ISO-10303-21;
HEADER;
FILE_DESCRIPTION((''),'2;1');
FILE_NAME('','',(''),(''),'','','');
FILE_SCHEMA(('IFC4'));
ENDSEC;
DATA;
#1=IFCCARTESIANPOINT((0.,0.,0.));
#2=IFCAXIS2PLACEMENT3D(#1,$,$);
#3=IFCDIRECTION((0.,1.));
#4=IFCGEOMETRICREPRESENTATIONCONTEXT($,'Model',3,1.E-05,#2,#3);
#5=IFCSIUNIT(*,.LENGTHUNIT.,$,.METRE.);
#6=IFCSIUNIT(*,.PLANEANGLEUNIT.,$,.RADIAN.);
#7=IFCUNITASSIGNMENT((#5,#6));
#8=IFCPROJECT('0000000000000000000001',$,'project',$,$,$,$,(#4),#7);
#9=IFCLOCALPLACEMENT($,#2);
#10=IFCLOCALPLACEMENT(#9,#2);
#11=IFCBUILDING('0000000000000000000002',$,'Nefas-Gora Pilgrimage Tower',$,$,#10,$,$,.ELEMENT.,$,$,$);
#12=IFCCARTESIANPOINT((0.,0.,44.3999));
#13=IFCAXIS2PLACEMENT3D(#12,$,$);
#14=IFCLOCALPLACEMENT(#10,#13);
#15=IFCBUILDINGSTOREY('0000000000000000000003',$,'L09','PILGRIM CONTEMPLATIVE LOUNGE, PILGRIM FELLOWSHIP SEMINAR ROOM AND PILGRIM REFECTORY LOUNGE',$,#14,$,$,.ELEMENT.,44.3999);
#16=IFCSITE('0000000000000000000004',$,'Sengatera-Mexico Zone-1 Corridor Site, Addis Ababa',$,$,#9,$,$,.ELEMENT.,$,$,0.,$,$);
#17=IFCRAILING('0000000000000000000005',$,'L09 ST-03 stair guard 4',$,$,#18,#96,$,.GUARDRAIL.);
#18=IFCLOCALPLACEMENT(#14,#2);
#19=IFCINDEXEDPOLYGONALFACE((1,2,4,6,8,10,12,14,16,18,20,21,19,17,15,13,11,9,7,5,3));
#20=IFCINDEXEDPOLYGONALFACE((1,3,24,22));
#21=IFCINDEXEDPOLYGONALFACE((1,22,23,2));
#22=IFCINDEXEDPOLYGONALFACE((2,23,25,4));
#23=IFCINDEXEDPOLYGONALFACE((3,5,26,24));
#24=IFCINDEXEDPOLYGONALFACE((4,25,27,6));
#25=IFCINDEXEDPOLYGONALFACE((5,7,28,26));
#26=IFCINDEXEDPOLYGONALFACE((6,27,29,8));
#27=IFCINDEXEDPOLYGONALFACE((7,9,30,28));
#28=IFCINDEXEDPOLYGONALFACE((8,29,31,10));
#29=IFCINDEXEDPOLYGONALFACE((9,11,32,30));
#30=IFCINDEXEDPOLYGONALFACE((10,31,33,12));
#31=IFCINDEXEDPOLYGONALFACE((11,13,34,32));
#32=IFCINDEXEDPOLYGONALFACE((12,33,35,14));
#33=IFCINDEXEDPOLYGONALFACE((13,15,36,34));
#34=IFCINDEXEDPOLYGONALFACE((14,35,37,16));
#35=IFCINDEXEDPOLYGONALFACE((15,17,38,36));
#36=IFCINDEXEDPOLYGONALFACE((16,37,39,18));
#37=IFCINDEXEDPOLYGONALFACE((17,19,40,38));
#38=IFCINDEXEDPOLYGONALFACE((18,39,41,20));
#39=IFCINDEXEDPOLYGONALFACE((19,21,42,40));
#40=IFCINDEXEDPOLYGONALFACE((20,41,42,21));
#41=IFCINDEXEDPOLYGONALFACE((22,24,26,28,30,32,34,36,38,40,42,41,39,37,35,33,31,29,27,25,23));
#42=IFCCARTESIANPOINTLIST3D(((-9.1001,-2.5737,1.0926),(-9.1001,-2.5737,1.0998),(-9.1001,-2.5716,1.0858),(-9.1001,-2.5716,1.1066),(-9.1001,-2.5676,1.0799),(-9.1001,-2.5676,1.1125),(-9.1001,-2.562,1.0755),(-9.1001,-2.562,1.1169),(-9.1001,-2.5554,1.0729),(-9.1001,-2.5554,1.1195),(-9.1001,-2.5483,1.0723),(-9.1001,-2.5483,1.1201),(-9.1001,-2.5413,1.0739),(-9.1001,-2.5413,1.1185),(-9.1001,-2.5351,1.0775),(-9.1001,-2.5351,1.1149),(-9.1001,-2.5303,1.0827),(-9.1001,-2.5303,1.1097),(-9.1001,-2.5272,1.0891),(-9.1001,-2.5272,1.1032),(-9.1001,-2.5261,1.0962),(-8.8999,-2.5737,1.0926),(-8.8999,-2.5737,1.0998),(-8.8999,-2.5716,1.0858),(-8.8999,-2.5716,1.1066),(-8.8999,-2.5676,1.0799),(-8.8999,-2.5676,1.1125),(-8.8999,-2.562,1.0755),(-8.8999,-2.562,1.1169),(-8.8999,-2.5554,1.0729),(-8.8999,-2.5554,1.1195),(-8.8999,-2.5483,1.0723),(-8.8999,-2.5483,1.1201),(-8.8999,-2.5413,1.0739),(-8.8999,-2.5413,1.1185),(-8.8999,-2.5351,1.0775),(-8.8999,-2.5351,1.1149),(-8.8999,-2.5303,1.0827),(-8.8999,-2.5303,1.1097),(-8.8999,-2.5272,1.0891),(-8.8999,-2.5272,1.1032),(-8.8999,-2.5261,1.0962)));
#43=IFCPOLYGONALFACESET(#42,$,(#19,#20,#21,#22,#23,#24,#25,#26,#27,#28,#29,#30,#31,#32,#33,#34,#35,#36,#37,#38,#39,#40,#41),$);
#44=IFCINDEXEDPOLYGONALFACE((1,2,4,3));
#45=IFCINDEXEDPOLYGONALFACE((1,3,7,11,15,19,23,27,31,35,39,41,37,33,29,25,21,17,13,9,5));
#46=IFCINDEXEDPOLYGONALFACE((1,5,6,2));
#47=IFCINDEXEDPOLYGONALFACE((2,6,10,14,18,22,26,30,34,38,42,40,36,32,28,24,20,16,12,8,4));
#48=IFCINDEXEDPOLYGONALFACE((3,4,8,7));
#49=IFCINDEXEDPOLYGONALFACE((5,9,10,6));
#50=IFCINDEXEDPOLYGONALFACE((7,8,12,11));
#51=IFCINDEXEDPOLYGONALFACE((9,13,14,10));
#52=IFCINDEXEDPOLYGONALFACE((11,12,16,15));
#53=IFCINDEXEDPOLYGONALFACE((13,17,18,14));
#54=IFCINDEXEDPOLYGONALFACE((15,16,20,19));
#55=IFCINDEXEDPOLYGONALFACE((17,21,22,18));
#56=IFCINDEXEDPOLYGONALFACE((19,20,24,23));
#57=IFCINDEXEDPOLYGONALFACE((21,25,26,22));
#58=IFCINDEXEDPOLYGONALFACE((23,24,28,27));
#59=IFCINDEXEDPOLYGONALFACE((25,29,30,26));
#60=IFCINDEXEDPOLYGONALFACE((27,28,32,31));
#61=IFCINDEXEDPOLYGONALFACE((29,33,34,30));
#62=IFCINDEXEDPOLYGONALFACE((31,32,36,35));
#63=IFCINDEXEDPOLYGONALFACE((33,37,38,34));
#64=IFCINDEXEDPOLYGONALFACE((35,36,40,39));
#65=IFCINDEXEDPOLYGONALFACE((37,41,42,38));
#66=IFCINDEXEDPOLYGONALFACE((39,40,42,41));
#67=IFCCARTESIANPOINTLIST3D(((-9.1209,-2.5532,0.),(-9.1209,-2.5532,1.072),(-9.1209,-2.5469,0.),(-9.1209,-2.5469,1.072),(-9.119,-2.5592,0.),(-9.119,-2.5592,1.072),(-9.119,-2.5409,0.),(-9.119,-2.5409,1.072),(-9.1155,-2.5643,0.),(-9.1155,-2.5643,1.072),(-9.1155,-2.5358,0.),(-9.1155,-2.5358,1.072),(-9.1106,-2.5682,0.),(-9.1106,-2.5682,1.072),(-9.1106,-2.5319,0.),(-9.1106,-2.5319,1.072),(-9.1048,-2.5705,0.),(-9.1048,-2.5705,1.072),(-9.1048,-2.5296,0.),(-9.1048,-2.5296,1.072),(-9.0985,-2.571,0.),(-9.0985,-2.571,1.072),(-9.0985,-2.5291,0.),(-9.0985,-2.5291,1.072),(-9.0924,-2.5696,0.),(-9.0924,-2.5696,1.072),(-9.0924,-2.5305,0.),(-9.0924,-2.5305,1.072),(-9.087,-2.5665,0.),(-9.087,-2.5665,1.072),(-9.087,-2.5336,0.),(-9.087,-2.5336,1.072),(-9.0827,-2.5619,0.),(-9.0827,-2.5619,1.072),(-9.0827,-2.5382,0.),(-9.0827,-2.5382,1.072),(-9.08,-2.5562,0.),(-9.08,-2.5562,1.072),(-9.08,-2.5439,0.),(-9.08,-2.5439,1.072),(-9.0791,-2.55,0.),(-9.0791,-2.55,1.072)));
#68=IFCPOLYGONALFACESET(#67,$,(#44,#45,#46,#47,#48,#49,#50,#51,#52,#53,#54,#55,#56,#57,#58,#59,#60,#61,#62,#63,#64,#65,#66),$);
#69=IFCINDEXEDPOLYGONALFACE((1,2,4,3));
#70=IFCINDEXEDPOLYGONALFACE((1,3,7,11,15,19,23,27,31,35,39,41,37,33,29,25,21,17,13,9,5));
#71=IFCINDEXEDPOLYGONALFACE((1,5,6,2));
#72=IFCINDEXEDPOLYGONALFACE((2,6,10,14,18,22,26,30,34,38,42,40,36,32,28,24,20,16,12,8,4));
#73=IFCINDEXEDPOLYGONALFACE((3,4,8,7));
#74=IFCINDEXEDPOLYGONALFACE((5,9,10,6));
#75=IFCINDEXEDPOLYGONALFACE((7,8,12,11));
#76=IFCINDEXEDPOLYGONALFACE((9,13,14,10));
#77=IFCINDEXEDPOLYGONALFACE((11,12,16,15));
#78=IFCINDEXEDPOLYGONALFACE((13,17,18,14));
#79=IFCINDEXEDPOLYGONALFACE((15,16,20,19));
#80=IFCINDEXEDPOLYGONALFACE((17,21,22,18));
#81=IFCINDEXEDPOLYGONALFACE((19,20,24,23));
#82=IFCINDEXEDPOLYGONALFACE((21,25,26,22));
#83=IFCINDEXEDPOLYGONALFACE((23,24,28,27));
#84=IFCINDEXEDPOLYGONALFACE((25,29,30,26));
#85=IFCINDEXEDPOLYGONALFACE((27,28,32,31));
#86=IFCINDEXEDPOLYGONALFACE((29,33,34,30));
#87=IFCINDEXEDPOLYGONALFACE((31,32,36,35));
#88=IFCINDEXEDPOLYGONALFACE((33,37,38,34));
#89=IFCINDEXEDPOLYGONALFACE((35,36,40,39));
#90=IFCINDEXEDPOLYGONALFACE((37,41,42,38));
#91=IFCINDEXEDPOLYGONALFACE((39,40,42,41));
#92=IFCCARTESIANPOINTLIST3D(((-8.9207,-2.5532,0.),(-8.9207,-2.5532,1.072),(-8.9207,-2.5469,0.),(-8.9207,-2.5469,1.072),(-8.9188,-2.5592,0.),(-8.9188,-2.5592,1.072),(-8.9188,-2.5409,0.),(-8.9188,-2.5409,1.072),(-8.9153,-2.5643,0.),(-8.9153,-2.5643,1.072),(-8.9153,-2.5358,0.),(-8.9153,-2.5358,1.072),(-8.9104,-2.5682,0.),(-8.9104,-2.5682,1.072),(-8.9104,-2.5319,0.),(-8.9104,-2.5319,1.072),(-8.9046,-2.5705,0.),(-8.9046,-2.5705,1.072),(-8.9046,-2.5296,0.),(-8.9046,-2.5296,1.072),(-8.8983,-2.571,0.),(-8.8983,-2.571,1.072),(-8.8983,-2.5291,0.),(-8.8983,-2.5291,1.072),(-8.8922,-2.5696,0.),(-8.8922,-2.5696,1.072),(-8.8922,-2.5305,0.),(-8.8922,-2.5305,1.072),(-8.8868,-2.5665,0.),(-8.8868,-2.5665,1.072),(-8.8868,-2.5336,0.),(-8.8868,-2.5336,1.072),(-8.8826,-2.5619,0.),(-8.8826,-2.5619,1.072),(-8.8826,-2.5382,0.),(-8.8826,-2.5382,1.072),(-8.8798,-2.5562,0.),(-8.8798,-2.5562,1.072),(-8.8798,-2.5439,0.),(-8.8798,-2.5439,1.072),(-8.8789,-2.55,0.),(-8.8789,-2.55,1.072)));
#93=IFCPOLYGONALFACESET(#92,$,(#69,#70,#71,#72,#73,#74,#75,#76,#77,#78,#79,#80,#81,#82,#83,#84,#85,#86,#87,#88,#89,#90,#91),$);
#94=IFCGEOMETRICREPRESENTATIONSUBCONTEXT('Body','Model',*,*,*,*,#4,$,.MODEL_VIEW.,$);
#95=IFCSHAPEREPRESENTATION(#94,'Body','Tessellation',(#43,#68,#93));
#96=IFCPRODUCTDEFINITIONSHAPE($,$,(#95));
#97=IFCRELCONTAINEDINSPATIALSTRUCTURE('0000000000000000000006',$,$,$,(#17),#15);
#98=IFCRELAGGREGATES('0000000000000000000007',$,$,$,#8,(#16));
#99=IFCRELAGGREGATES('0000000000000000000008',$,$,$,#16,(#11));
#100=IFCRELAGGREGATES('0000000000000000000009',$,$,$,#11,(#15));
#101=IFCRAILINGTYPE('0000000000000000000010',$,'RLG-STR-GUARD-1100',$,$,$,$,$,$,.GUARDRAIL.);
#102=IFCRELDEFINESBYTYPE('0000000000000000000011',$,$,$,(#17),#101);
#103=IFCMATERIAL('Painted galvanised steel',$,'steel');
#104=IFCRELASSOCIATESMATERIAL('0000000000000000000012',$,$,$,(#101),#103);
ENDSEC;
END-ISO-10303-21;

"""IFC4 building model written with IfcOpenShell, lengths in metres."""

from ifc_helpers import new_model, si_unit, direction, frame, origin, origin_2d, place, context, subcontext, project, spatial, circle, extrude, material, type_object, element, save


model = new_model("IFC4")

# Units and contexts
model_context = context("Model", 3, precision=1e-05, world=origin(), true_north=direction((0.0, 1.0)))
body_context = subcontext(model_context, "Body", "Model", "MODEL_VIEW")
ifc_project = project(units=[si_unit("LENGTHUNIT", "METRE"), si_unit("PLANEANGLEUNIT", "RADIAN")], contexts=[model_context])

# Site, building, storey
site_placement = place(None, origin())
site = spatial("IfcSite", under=ifc_project, at=site_placement, Name="Sengatera-Mexico Zone-1 Corridor Site, Addis Ababa", CompositionType="ELEMENT", RefElevation=0.0)
building_placement = place(site_placement, origin())
building = spatial("IfcBuilding", under=site, at=building_placement, Name="Nefas-Gora Pilgrimage Tower", CompositionType="ELEMENT")
storey_placement = place(building_placement, frame((0.0, 0.0, 44.3999)))
storey = spatial("IfcBuildingStorey", under=building, at=storey_placement, Name="L09", Description="PILGRIM CONTEMPLATIVE LOUNGE, PILGRIM FELLOWSHIP SEMINAR ROOM AND PILGRIM REFECTORY LOUNGE", CompositionType="ELEMENT", Elevation=44.3999)

# Railing
ifc_material_1 = material(Name="Painted galvanised steel", Category="steel")
railing_type_1 = type_object("IfcRailingType", Name="RLG-STR-GUARD-1100", PredefinedType="GUARDRAIL", material=ifc_material_1)
railing_1_placement = place(storey_placement, frame((-9.1001, -2.55, 0.0)))
element("IfcRailing", 1, at=railing_1_placement, inside=storey, type_object=railing_type_1, Name="L09 ST-03 stair guard 4", PredefinedType="GUARDRAIL", context=body_context, shape_type="SweptSolid", body=[
    extrude(circle(Radius=0.0239, at=origin_2d()), frame((0.0, 0.0, 1.0962), z_axis=(1.0, 0.0, 0.0), x_axis=(0.0, 1.0, 0.0)), (0.0, 0.0, 1.0), 0.2002),
    extrude(circle(Radius=0.021, at=origin_2d()), origin(), (0.0, 0.0, 1.0), 1.072),
    extrude(circle(Radius=0.021, at=origin_2d()), frame((0.2002, 0.0, 0.0)), (0.0, 0.0, 1.0), 1.072),
])

save(model, "model.ifc")
